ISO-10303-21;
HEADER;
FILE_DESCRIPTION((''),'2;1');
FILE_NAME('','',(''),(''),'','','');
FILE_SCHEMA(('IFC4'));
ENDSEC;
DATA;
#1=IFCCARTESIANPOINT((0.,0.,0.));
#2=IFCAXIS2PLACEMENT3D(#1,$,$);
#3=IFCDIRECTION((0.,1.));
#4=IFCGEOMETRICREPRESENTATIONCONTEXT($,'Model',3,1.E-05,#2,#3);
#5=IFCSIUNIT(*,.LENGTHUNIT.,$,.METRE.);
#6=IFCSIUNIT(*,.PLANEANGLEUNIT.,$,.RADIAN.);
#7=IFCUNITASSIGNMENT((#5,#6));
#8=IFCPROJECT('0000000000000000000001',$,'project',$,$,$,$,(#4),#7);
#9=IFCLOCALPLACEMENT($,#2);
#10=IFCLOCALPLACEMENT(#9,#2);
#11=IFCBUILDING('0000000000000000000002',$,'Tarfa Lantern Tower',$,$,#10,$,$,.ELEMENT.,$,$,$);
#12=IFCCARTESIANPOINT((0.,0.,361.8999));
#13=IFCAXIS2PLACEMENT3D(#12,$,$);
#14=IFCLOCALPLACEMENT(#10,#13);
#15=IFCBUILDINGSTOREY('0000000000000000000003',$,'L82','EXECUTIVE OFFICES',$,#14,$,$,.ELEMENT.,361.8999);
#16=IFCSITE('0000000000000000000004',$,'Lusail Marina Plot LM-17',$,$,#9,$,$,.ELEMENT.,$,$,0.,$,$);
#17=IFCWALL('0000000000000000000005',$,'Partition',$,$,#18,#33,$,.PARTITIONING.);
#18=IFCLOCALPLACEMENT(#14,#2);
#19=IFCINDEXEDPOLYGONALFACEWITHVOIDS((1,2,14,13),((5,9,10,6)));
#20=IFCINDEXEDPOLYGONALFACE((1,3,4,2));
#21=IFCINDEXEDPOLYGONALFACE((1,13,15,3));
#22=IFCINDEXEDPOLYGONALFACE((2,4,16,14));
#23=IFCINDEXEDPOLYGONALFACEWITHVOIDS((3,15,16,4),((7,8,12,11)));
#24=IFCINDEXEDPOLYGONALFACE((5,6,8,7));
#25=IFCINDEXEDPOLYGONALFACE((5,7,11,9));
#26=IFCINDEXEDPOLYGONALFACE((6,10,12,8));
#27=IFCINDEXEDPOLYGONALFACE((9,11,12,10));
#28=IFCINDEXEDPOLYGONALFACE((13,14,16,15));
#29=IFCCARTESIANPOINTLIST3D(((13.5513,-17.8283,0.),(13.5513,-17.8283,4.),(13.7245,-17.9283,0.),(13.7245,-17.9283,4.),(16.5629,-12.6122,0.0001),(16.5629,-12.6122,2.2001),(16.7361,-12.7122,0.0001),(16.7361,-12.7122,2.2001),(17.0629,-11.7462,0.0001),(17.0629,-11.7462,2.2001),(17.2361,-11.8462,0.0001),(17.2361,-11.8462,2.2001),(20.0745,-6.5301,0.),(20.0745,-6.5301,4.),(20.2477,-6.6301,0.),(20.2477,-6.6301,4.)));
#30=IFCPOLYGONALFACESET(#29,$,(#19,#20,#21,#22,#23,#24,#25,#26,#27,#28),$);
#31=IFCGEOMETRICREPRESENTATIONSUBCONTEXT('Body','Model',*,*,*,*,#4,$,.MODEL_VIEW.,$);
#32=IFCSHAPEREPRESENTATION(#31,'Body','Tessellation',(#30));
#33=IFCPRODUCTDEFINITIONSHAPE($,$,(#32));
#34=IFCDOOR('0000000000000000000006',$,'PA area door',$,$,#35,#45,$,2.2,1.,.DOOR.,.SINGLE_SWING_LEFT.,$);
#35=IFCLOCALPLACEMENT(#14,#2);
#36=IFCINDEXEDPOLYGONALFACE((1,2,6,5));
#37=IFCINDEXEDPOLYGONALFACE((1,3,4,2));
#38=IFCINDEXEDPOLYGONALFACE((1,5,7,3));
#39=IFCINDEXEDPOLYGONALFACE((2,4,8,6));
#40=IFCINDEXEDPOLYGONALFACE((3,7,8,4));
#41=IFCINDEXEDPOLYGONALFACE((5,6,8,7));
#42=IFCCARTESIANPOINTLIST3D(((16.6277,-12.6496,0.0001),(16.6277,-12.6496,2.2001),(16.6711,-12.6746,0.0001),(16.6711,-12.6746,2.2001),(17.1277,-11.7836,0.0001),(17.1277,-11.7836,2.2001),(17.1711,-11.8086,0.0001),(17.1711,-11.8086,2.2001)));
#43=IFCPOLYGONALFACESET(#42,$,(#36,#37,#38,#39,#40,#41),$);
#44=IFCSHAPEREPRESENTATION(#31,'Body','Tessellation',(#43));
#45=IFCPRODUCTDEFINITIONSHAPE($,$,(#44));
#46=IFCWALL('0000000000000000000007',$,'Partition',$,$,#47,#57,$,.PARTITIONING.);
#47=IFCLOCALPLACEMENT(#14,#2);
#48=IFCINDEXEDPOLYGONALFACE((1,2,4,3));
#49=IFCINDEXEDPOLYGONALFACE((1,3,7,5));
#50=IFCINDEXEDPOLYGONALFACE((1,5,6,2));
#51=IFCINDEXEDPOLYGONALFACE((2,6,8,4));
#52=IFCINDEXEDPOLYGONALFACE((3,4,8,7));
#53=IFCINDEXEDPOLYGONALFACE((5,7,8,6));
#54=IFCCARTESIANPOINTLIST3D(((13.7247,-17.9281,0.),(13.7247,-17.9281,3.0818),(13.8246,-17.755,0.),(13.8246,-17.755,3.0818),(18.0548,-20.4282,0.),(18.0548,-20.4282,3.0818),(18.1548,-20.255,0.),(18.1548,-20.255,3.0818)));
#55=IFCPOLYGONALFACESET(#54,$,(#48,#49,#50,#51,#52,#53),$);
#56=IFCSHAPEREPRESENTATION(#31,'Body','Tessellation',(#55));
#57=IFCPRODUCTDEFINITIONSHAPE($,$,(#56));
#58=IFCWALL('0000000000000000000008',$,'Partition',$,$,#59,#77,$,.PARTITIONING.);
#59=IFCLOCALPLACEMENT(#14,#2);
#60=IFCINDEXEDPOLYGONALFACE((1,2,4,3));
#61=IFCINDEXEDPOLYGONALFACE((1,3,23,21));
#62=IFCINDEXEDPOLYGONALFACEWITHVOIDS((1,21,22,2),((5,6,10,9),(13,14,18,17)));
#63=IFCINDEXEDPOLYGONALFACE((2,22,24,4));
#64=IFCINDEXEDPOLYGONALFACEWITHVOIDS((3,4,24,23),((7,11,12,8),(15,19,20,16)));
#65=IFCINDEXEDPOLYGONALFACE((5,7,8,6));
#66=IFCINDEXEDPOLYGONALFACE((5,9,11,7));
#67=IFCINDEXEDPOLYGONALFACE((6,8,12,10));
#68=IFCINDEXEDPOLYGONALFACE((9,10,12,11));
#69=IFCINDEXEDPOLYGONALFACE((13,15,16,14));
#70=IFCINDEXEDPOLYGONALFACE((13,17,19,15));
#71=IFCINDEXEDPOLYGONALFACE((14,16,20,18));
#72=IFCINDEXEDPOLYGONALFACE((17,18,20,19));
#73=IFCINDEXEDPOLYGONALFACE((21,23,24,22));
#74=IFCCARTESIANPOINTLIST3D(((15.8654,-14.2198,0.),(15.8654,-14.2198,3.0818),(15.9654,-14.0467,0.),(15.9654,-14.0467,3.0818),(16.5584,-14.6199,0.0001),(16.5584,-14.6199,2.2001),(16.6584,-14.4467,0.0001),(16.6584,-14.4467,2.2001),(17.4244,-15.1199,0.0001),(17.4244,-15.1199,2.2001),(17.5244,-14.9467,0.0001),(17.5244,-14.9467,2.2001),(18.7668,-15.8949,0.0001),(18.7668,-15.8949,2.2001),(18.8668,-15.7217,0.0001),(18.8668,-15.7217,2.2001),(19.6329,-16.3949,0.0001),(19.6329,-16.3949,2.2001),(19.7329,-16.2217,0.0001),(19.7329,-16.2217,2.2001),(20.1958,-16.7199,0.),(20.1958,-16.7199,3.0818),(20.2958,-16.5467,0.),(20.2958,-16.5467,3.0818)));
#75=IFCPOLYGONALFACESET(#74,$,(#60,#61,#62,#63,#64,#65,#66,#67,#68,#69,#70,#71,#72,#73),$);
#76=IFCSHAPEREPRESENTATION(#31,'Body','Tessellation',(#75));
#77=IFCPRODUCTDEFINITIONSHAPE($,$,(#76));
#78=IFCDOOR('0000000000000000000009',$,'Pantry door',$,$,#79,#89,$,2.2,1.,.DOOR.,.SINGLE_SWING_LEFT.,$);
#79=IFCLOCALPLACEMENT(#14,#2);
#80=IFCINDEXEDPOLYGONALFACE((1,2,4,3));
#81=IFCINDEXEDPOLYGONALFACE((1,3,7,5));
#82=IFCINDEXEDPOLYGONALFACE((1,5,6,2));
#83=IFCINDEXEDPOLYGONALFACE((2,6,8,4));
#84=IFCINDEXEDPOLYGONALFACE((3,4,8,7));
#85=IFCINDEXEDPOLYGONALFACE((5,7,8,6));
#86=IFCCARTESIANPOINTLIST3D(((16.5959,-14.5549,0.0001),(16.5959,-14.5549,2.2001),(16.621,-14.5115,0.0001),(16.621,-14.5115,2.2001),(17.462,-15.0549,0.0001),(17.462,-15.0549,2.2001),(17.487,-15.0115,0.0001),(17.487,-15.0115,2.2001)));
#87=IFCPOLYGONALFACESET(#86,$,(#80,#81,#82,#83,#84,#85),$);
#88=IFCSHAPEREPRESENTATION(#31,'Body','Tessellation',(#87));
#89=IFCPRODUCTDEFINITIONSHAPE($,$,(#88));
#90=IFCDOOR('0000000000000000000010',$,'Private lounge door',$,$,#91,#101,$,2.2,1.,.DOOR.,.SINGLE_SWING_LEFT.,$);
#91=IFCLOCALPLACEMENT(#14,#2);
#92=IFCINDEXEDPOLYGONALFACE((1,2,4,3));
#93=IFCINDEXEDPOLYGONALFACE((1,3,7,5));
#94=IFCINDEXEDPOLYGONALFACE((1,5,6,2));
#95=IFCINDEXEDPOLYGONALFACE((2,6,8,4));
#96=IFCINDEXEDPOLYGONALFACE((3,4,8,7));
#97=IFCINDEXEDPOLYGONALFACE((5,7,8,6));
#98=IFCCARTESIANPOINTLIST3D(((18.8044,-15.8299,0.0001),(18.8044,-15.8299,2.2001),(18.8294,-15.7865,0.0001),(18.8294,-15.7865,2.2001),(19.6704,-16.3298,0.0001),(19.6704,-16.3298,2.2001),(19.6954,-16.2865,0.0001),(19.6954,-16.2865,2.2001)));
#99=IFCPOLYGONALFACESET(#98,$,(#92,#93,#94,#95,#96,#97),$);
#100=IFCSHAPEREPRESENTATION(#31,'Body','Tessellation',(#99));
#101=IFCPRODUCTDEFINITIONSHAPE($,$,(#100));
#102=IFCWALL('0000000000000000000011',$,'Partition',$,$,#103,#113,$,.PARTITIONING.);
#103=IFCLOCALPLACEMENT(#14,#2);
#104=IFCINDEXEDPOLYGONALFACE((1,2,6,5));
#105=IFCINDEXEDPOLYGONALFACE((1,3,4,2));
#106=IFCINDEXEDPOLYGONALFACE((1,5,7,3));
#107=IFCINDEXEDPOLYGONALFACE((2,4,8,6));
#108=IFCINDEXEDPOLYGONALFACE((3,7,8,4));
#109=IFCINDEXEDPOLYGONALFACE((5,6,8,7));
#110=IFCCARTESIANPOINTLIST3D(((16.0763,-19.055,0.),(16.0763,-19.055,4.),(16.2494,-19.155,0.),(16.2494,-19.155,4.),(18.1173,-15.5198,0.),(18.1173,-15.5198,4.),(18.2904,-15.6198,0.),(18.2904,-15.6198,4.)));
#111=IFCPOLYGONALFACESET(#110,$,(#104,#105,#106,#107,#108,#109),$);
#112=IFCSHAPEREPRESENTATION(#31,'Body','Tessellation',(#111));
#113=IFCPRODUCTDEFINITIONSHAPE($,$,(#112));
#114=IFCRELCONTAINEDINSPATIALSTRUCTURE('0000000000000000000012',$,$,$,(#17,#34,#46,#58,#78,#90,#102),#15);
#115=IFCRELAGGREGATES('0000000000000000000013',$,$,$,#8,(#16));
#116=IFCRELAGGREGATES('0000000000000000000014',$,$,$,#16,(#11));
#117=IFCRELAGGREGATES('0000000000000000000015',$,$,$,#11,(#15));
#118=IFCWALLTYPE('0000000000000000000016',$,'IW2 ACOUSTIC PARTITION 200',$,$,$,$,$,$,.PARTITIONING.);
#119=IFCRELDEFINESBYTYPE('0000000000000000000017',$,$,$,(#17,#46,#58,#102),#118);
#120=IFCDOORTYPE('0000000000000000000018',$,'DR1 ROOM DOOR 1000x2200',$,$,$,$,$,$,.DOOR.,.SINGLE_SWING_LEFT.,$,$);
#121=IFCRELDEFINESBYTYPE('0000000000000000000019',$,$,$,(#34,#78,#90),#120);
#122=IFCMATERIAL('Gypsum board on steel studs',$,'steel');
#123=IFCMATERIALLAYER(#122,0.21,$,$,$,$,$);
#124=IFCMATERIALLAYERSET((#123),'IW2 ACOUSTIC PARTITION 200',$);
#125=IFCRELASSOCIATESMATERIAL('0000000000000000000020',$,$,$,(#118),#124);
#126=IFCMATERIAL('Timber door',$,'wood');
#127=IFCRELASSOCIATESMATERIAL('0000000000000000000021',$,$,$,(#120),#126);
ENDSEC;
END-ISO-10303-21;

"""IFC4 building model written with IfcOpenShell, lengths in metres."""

from ifc_helpers import new_model, si_unit, direction, frame, frame_2d, origin, place, context, subcontext, project, spatial, rectangle, extrude, material, layer, layer_set, type_object, element, fill, save


model = new_model("IFC4")

# Units and contexts
model_context = context("Model", 3, precision=1e-05, world=origin(), true_north=direction((0.0, 1.0)))
body_context = subcontext(model_context, "Body", "Model", "MODEL_VIEW")
ifc_project = project(units=[si_unit("LENGTHUNIT", "METRE"), si_unit("PLANEANGLEUNIT", "RADIAN")], contexts=[model_context])

# Site, building, storey
site_placement = place(None, origin())
site = spatial("IfcSite", under=ifc_project, at=site_placement, Name="Lusail Marina Plot LM-17", CompositionType="ELEMENT", RefElevation=0.0)
building_placement = place(site_placement, origin())
building = spatial("IfcBuilding", under=site, at=building_placement, Name="Tarfa Lantern Tower", CompositionType="ELEMENT")
storey_placement = place(building_placement, frame((0.0, 0.0, 361.8999)))
storey = spatial("IfcBuildingStorey", under=building, at=storey_placement, Name="L82", Description="EXECUTIVE OFFICES", CompositionType="ELEMENT", Elevation=361.8999)

# Wall, opening, door
ifc_material_1 = material(Name="Gypsum board on steel studs", Category="steel")
ifc_layer_1 = layer(ifc_material_1, 0.21)
ifc_layer_set_1 = layer_set([ifc_layer_1], Name="IW2 ACOUSTIC PARTITION 200")
wall_type_1 = type_object("IfcWallType", Name="IW2 ACOUSTIC PARTITION 200", PredefinedType="PARTITIONING", material=ifc_layer_set_1)
wall_1_placement = place(storey_placement, frame((13.6379, -17.8782, 0.0), z_axis=(0.0, 0.0, 1.0), x_axis=(0.500013, 0.866018, 0.0)))
wall_1 = element("IfcWall", 1, at=wall_1_placement, inside=storey, type_object=wall_type_1, Name="Partition", PredefinedType="PARTITIONING", context=body_context, shape_type="SweptSolid", body=[
    extrude(rectangle(XDim=13.0461, YDim=0.2, at=frame_2d((6.5229, 0.0))), origin(), (0.0, 0.0, 1.0), 4.0),
])
opening_1_placement = place(wall_1_placement, frame((6.0229, 0.0, 0.0)))
opening_1 = element("IfcOpeningElement", 2, at=opening_1_placement, cuts=wall_1, PredefinedType="OPENING", context=body_context, shape_type="SweptSolid", body=[
    extrude(rectangle(XDim=1.0, YDim=2.2, at=frame_2d((0.5, 1.1001))), frame((0.0, 0.1099, 0.0), z_axis=(0.0, -1.0, 0.0), x_axis=(1.0, 0.0, 0.0)), (0.0, 0.0, 1.0), 0.22),
])
ifc_material_2 = material(Name="Timber door", Category="wood")
door_type_1 = type_object("IfcDoorType", Name="DR1 ROOM DOOR 1000x2200", OperationType="SINGLE_SWING_LEFT", PredefinedType="DOOR", material=ifc_material_2)
door_1_placement = place(opening_1_placement, frame((1.0, 0.0, 0.0), z_axis=(0.0, 0.0, 1.0), x_axis=(-1.0, 0.0, 0.0)))
door_1 = element("IfcDoor", 3, at=door_1_placement, inside=storey, type_object=door_type_1, Name="PA area door", OperationType="SINGLE_SWING_LEFT", OverallHeight=2.2, OverallWidth=1.0, PredefinedType="DOOR", context=body_context, shape_type="SweptSolid", body=[
    extrude(rectangle(XDim=1.0, YDim=2.2, at=frame_2d((0.5, 1.1001))), frame((0.0, 0.0249, 0.0), z_axis=(0.0, -1.0, 0.0), x_axis=(1.0, 0.0, 0.0)), (0.0, 0.0, 1.0), 0.05),
])
fill(opening_1, door_1)

# Wall
wall_2_placement = place(storey_placement, frame((13.7747, -17.8416, 0.0), z_axis=(0.0, 0.0, 1.0), x_axis=(0.866023, -0.500004, 0.0)))
element("IfcWall", 4, at=wall_2_placement, inside=storey, type_object=wall_type_1, Name="Partition", PredefinedType="PARTITIONING", context=body_context, shape_type="SweptSolid", body=[
    extrude(rectangle(XDim=5.0, YDim=0.2, at=frame_2d((2.5, 0.0))), origin(), (0.0, 0.0, 1.0), 3.0818),
])

# Wall, openings, doors
wall_3_placement = place(storey_placement, frame((15.9155, -14.1333, 0.0), z_axis=(0.0, 0.0, 1.0), x_axis=(0.866035, -0.499983, 0.0)))
wall_3 = element("IfcWall", 5, at=wall_3_placement, inside=storey, type_object=wall_type_1, Name="Partition", PredefinedType="PARTITIONING", context=body_context, shape_type="SweptSolid", body=[
    extrude(rectangle(XDim=5.0002, YDim=0.2, at=frame_2d((2.5, 0.0))), origin(), (0.0, 0.0, 1.0), 3.0818),
])
opening_2_placement = place(wall_3_placement, frame((0.8, 0.0, 0.0)))
opening_2 = element("IfcOpeningElement", 6, at=opening_2_placement, cuts=wall_3, PredefinedType="OPENING", context=body_context, shape_type="SweptSolid", body=[
    extrude(rectangle(XDim=1.0, YDim=2.2, at=frame_2d((0.5, 1.1001))), frame((0.0, 0.1099, 0.0), z_axis=(0.0, -1.0, 0.0), x_axis=(1.0, 0.0, 0.0)), (0.0, 0.0, 1.0), 0.22),
])
opening_3_placement = place(wall_3_placement, frame((3.3501, 0.0, 0.0)))
opening_3 = element("IfcOpeningElement", 7, at=opening_3_placement, cuts=wall_3, PredefinedType="OPENING", context=body_context, shape_type="SweptSolid", body=[
    extrude(rectangle(XDim=1.0, YDim=2.2, at=frame_2d((0.5, 1.1001))), frame((0.0, 0.1099, 0.0), z_axis=(0.0, -1.0, 0.0), x_axis=(1.0, 0.0, 0.0)), (0.0, 0.0, 1.0), 0.22),
])
door_2_placement = place(opening_2_placement, frame((1.0, 0.0, 0.0), z_axis=(0.0, 0.0, 1.0), x_axis=(-1.0, 0.0, 0.0)))
door_2 = element("IfcDoor", 8, at=door_2_placement, inside=storey, type_object=door_type_1, Name="Pantry door", OperationType="SINGLE_SWING_LEFT", OverallHeight=2.2, OverallWidth=1.0, PredefinedType="DOOR", context=body_context, shape_type="SweptSolid", body=[
    extrude(rectangle(XDim=1.0, YDim=2.2, at=frame_2d((0.5, 1.1001))), frame((0.0, 0.0249, 0.0), z_axis=(0.0, -1.0, 0.0), x_axis=(1.0, 0.0, 0.0)), (0.0, 0.0, 1.0), 0.05),
])
fill(opening_2, door_2)
door_3_placement = place(opening_3_placement, frame((1.0, 0.0, 0.0), z_axis=(0.0, 0.0, 1.0), x_axis=(-1.0, 0.0, 0.0)))
door_3 = element("IfcDoor", 9, at=door_3_placement, inside=storey, type_object=door_type_1, Name="Private lounge door", OperationType="SINGLE_SWING_LEFT", OverallHeight=2.2, OverallWidth=1.0, PredefinedType="DOOR", context=body_context, shape_type="SweptSolid", body=[
    extrude(rectangle(XDim=1.0, YDim=2.2, at=frame_2d((0.5, 1.1001))), frame((0.0, 0.0249, 0.0), z_axis=(0.0, -1.0, 0.0), x_axis=(1.0, 0.0, 0.0)), (0.0, 0.0, 1.0), 0.05),
])
fill(opening_3, door_3)

# Wall
wall_4_placement = place(storey_placement, frame((16.1628, -19.105, 0.0), z_axis=(0.0, 0.0, 1.0), x_axis=(0.499999, 0.866026, 0.0)))
element("IfcWall", 10, at=wall_4_placement, inside=storey, type_object=wall_type_1, Name="Partition", PredefinedType="PARTITIONING", context=body_context, shape_type="SweptSolid", body=[
    extrude(rectangle(XDim=4.082, YDim=0.2, at=frame_2d((2.041, 0.0))), origin(), (0.0, 0.0, 1.0), 4.0),
])

save(model, "model.ifc")
